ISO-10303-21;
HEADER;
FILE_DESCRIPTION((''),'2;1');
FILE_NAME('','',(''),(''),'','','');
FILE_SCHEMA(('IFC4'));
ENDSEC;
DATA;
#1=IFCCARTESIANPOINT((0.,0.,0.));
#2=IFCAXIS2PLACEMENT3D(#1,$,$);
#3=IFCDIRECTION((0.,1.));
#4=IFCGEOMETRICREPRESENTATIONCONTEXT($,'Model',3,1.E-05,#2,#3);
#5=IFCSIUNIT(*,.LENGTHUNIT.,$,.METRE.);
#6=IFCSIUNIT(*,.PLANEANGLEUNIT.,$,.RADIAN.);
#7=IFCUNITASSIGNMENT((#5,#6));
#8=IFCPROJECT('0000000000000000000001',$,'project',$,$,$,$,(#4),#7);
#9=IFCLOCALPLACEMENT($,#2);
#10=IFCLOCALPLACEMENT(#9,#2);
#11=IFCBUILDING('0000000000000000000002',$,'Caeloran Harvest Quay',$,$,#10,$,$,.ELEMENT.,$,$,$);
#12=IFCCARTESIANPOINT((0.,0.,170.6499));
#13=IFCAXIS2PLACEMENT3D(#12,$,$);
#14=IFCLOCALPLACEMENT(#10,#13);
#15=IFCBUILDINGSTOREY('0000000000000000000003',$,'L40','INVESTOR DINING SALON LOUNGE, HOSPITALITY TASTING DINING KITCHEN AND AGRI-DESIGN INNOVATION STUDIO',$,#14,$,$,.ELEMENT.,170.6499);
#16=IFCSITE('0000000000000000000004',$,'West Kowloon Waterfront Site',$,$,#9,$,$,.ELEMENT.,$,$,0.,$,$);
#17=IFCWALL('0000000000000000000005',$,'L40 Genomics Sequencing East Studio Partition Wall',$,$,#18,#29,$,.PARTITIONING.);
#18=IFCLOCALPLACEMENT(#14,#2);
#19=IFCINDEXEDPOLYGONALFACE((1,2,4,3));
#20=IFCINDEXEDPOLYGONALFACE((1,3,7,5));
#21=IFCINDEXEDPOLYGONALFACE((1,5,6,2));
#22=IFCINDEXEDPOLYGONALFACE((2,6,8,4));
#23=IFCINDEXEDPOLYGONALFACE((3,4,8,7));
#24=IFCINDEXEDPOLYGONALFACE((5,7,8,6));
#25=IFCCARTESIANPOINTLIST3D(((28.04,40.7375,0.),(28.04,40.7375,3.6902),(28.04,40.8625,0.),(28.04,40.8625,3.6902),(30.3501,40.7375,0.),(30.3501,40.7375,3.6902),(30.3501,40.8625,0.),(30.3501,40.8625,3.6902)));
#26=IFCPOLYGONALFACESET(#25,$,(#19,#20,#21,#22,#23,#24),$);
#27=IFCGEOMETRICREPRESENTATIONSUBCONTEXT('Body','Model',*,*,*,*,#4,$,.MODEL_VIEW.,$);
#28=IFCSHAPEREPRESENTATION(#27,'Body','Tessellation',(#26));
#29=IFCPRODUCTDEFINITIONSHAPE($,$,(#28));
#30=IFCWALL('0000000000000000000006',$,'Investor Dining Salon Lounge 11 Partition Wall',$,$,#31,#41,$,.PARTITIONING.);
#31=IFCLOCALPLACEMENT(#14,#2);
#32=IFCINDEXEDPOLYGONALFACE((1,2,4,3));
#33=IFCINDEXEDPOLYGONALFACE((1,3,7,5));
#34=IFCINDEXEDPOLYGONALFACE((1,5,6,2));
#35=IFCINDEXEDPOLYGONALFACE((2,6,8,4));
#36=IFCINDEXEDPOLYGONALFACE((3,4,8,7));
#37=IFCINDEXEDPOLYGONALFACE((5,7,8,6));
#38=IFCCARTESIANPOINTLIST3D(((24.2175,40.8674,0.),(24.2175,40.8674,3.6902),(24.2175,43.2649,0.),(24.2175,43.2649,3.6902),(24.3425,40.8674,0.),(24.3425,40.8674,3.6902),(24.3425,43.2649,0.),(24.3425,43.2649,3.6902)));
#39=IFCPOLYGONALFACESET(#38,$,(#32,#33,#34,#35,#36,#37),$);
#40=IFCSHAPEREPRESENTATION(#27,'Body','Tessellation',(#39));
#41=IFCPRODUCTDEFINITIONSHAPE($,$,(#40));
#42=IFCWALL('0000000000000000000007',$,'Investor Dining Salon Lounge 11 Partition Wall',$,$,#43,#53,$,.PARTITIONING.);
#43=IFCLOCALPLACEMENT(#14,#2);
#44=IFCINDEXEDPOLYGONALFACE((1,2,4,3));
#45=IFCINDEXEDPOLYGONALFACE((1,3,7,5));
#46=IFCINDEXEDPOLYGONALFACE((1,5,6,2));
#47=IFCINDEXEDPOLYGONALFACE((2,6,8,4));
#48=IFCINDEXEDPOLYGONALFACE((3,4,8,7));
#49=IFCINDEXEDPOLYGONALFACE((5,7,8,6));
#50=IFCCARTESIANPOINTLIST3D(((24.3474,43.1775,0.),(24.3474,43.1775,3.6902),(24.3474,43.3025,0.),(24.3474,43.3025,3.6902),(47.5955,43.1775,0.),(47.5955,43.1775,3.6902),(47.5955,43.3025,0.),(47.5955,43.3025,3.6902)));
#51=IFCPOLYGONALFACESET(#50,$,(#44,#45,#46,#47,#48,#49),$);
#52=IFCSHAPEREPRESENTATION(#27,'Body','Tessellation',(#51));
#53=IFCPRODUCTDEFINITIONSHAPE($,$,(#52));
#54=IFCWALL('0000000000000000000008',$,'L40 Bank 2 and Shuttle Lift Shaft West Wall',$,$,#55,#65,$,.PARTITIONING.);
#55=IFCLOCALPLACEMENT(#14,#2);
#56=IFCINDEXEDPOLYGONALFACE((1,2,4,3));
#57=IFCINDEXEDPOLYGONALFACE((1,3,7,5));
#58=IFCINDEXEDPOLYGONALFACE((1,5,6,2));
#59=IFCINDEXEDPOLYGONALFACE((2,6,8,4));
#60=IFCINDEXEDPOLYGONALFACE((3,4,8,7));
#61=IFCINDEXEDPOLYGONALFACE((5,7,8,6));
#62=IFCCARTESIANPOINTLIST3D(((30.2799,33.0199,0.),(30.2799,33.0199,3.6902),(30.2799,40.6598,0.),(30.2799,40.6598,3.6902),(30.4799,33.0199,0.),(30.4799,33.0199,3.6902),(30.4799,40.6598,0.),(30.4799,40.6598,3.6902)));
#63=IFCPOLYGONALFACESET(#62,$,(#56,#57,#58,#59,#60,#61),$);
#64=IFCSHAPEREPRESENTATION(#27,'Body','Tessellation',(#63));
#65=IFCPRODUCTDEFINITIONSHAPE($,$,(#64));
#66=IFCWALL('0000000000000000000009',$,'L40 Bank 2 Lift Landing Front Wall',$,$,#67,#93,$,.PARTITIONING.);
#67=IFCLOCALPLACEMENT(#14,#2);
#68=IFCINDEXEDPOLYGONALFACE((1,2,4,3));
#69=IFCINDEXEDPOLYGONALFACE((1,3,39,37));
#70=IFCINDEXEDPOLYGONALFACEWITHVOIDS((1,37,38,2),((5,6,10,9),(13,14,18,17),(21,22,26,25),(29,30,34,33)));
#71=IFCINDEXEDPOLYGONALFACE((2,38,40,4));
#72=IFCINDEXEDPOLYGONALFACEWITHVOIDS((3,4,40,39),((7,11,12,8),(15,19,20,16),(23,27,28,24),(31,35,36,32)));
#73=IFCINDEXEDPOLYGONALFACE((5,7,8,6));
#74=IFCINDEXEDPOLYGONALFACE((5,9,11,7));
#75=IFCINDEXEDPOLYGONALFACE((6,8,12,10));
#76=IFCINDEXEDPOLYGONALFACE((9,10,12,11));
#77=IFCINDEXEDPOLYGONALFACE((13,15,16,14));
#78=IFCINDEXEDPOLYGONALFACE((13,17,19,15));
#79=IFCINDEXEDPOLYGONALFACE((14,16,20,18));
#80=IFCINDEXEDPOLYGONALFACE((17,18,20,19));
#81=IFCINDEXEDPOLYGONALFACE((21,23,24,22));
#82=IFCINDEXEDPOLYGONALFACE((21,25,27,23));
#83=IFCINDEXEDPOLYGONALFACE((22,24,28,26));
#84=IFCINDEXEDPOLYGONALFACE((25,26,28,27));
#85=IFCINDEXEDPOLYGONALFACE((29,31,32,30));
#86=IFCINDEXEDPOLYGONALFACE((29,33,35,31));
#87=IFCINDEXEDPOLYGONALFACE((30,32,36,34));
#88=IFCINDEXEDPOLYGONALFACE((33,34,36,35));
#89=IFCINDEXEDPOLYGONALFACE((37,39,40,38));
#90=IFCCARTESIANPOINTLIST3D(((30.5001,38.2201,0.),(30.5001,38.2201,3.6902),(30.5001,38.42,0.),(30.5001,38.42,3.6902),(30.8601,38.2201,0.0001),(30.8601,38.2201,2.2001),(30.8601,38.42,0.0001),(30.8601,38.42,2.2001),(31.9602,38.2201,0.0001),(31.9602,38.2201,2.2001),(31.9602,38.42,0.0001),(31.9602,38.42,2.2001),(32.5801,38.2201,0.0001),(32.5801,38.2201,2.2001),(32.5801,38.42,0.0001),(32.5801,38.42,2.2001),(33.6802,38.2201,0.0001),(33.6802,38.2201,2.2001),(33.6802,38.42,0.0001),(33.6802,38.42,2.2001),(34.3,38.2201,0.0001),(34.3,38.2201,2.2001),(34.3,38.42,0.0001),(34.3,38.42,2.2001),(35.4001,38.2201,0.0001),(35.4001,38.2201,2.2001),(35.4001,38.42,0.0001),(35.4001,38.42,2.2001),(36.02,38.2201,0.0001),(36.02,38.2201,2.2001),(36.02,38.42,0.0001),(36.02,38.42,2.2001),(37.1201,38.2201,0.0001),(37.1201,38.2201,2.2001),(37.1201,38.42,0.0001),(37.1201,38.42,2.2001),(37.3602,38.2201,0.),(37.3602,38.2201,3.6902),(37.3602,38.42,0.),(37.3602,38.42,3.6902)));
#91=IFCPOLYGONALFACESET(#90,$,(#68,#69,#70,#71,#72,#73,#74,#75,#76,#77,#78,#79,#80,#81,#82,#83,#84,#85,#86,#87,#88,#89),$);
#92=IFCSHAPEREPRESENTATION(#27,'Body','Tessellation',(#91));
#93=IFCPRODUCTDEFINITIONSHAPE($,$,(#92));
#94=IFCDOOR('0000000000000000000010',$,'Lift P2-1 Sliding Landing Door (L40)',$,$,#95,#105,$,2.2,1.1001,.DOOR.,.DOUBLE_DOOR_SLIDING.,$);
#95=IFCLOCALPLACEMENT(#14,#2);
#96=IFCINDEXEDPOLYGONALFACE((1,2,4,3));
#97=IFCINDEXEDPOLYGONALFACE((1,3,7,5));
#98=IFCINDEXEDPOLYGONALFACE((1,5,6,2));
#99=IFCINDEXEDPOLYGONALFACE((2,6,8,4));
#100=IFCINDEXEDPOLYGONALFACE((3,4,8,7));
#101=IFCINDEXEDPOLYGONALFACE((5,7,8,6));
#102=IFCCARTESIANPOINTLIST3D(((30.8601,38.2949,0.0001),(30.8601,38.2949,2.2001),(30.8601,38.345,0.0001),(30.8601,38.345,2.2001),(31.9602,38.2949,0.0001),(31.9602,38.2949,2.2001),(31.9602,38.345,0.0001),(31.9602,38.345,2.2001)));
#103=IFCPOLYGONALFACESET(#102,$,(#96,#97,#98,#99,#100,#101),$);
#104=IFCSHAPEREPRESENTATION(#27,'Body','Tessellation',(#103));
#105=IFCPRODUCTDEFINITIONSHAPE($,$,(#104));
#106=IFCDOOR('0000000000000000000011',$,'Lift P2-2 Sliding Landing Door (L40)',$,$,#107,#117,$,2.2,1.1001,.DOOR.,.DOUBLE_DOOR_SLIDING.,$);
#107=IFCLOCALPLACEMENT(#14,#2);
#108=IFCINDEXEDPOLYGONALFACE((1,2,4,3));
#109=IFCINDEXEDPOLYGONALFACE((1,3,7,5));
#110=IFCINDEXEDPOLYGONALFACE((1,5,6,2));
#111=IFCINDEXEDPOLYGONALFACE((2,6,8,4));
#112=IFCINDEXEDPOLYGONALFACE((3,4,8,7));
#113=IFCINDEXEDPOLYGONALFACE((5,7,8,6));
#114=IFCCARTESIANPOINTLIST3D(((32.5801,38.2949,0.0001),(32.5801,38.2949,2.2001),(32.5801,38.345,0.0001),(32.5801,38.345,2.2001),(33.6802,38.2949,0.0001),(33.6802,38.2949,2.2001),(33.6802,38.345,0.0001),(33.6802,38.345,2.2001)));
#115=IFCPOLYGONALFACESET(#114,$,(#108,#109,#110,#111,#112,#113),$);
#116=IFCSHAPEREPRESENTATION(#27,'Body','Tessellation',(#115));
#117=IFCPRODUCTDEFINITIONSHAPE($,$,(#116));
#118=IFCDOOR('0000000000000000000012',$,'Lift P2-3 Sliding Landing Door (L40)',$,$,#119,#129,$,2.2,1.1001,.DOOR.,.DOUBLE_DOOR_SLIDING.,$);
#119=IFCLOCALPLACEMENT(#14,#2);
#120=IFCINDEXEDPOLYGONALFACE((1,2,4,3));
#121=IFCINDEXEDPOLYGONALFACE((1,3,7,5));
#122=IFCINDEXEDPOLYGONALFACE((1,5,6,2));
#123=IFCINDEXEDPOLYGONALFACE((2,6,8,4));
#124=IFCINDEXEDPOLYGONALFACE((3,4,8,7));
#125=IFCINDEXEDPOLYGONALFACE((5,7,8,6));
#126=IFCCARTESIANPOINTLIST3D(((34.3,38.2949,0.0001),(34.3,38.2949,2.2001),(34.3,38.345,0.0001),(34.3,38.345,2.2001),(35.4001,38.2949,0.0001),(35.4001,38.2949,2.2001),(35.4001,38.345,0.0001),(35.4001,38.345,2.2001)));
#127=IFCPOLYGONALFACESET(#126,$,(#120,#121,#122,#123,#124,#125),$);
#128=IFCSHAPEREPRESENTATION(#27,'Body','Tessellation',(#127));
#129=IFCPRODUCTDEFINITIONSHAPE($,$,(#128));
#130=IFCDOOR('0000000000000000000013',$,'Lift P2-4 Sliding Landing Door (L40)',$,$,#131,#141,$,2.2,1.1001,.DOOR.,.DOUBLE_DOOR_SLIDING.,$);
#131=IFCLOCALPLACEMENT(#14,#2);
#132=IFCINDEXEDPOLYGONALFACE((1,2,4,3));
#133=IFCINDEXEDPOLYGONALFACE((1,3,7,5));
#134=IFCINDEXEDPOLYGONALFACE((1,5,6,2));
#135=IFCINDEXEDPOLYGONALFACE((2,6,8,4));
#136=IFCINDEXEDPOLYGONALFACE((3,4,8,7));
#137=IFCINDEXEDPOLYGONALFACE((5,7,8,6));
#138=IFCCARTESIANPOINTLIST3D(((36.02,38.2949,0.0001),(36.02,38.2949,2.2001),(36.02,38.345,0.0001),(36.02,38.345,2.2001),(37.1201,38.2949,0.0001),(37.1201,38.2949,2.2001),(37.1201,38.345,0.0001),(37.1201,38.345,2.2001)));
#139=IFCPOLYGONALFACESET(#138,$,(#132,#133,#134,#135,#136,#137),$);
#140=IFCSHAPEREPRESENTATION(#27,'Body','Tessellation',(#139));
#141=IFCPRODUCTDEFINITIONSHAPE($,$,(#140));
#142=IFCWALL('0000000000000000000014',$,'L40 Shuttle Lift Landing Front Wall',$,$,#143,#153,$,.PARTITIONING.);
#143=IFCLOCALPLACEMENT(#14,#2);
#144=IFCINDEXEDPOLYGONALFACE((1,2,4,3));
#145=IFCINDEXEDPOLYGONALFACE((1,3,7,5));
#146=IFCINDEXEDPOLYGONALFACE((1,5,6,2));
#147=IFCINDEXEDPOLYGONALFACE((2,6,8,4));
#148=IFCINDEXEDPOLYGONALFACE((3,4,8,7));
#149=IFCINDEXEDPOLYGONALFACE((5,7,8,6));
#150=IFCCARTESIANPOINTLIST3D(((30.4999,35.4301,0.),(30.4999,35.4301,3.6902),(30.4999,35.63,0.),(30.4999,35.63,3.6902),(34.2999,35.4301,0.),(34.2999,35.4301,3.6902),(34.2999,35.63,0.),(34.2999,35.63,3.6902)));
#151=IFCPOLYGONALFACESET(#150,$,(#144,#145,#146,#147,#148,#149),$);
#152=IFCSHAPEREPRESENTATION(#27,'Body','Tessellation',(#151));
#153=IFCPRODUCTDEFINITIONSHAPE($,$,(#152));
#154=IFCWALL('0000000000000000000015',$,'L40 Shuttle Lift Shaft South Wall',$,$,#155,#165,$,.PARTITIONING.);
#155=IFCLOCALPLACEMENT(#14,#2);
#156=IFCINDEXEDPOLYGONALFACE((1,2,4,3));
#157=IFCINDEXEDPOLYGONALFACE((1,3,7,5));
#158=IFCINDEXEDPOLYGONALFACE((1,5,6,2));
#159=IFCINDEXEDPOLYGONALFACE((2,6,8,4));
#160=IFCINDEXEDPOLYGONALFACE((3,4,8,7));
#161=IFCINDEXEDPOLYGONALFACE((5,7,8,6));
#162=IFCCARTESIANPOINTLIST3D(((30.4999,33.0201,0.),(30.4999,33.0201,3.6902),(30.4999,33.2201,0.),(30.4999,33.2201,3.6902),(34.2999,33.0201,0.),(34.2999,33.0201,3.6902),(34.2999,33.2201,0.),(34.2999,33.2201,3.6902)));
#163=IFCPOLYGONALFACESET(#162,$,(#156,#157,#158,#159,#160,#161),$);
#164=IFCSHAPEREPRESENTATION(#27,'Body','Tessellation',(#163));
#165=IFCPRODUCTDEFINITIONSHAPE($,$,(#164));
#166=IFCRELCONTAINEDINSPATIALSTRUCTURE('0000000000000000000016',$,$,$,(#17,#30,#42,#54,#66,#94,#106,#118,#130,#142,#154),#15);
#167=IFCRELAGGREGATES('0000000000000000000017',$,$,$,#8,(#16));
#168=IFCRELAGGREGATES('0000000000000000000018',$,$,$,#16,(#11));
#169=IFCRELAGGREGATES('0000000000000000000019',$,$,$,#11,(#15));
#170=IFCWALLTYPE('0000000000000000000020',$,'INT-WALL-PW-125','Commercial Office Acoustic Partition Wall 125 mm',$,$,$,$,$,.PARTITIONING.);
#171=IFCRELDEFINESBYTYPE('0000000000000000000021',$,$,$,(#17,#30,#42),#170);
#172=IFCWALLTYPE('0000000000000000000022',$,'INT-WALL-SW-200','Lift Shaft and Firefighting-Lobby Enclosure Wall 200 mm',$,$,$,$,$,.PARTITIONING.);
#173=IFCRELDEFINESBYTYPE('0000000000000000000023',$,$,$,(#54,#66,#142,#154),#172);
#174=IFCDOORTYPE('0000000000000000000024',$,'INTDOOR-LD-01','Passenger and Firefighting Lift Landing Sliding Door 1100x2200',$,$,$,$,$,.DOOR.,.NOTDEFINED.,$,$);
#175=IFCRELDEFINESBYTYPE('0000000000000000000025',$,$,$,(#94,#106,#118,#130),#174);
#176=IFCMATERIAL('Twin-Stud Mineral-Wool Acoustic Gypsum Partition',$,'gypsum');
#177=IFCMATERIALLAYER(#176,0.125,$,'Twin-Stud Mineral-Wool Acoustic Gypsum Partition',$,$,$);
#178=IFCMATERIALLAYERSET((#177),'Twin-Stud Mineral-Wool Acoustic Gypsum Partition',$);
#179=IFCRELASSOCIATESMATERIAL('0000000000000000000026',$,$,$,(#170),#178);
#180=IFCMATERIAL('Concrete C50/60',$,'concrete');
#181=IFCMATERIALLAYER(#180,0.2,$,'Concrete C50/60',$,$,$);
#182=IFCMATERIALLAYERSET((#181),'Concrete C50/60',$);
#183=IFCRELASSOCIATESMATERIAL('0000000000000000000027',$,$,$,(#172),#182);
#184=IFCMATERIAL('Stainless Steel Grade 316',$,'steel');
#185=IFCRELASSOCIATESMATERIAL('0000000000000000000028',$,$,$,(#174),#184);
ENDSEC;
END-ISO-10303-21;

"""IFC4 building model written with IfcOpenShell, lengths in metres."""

from ifc_helpers import new_model, si_unit, direction, frame, frame_2d, origin, place, context, subcontext, project, spatial, rectangle, extrude, material, layer, layer_set, type_object, element, fill, save


model = new_model("IFC4")

# Units and contexts
model_context = context("Model", 3, precision=1e-05, world=origin(), true_north=direction((0.0, 1.0)))
body_context = subcontext(model_context, "Body", "Model", "MODEL_VIEW")
ifc_project = project(units=[si_unit("LENGTHUNIT", "METRE"), si_unit("PLANEANGLEUNIT", "RADIAN")], contexts=[model_context])

# Site, building, storey
site_placement = place(None, origin())
site = spatial("IfcSite", under=ifc_project, at=site_placement, Name="West Kowloon Waterfront Site", CompositionType="ELEMENT", RefElevation=0.0)
building_placement = place(site_placement, origin())
building = spatial("IfcBuilding", under=site, at=building_placement, Name="Caeloran Harvest Quay", CompositionType="ELEMENT")
storey_placement = place(building_placement, frame((0.0, 0.0, 170.6499)))
storey = spatial("IfcBuildingStorey", under=building, at=storey_placement, Name="L40", Description="INVESTOR DINING SALON LOUNGE, HOSPITALITY TASTING DINING KITCHEN AND AGRI-DESIGN INNOVATION STUDIO", CompositionType="ELEMENT", Elevation=170.6499)

# Shared definitions
ifc_material_1 = material(Name="Twin-Stud Mineral-Wool Acoustic Gypsum Partition", Category="gypsum")
ifc_layer_1 = layer(ifc_material_1, 0.125, Name="Twin-Stud Mineral-Wool Acoustic Gypsum Partition")
ifc_layer_set_1 = layer_set([ifc_layer_1], Name="Twin-Stud Mineral-Wool Acoustic Gypsum Partition")
wall_type_1 = type_object("IfcWallType", Name="INT-WALL-PW-125", Description="Commercial Office Acoustic Partition Wall 125 mm", PredefinedType="PARTITIONING", material=ifc_layer_set_1)

# Walls
wall_1_placement = place(storey_placement, frame((28.04, 40.8, 0.0), z_axis=(0.0, 0.0, 1.0), x_axis=(1.0, 0.0, 0.0)))
element("IfcWall", 1, at=wall_1_placement, inside=storey, type_object=wall_type_1, Name="L40 Genomics Sequencing East Studio Partition Wall", PredefinedType="PARTITIONING", context=body_context, shape_type="SweptSolid", body=[
    extrude(rectangle(XDim=2.3101, YDim=0.125, at=frame_2d((1.155, 0.0))), origin(), (0.0, 0.0, 1.0), 3.6902),
])
wall_2_placement = place(storey_placement, frame((24.28, 40.8674, 0.0), z_axis=(0.0, 0.0, 1.0), x_axis=(0.0, 1.0, 0.0)))
element("IfcWall", 2, at=wall_2_placement, inside=storey, type_object=wall_type_1, Name="Investor Dining Salon Lounge 11 Partition Wall", PredefinedType="PARTITIONING", context=body_context, shape_type="SweptSolid", body=[
    extrude(rectangle(XDim=2.3975, YDim=0.125, at=frame_2d((1.1987, 0.0))), origin(), (0.0, 0.0, 1.0), 3.6902),
])
wall_3_placement = place(storey_placement, frame((24.3474, 43.24, 0.0), z_axis=(0.0, 0.0, 1.0), x_axis=(1.0, 0.0, 0.0)))
element("IfcWall", 3, at=wall_3_placement, inside=storey, type_object=wall_type_1, Name="Investor Dining Salon Lounge 11 Partition Wall", PredefinedType="PARTITIONING", context=body_context, shape_type="SweptSolid", body=[
    extrude(rectangle(XDim=23.248, YDim=0.125, at=frame_2d((11.624, 0.0))), origin(), (0.0, 0.0, 1.0), 3.6902),
])
ifc_material_2 = material(Name="Concrete C50/60", Category="concrete")
ifc_layer_2 = layer(ifc_material_2, 0.2, Name="Concrete C50/60")
ifc_layer_set_2 = layer_set([ifc_layer_2], Name="Concrete C50/60")
wall_type_2 = type_object("IfcWallType", Name="INT-WALL-SW-200", Description="Lift Shaft and Firefighting-Lobby Enclosure Wall 200 mm", PredefinedType="PARTITIONING", material=ifc_layer_set_2)
wall_4_placement = place(storey_placement, frame((30.3799, 33.02, 0.0), z_axis=(0.0, 0.0, 1.0), x_axis=(0.0, 1.0, 0.0)))
element("IfcWall", 4, at=wall_4_placement, inside=storey, type_object=wall_type_2, Name="L40 Bank 2 and Shuttle Lift Shaft West Wall", PredefinedType="PARTITIONING", context=body_context, shape_type="SweptSolid", body=[
    extrude(rectangle(XDim=7.6399, YDim=0.2, at=frame_2d((3.8198, 0.0))), origin(), (0.0, 0.0, 1.0), 3.6902),
])

# Wall, openings, doors
wall_5_placement = place(storey_placement, frame((30.5, 38.3201, 0.0), z_axis=(0.0, 0.0, 1.0), x_axis=(1.0, 0.0, 0.0)))
wall_5 = element("IfcWall", 5, at=wall_5_placement, inside=storey, type_object=wall_type_2, Name="L40 Bank 2 Lift Landing Front Wall", PredefinedType="PARTITIONING", context=body_context, shape_type="SweptSolid", body=[
    extrude(rectangle(XDim=6.8601, YDim=0.2, at=frame_2d((3.4302, 0.0))), origin(), (0.0, 0.0, 1.0), 3.6902),
])
opening_1_placement = place(wall_5_placement, frame((0.3601, 0.0, 0.0)))
opening_1 = element("IfcOpeningElement", 6, at=opening_1_placement, cuts=wall_5, PredefinedType="OPENING", context=body_context, shape_type="SweptSolid", body=[
    extrude(rectangle(XDim=1.1001, YDim=2.2, at=frame_2d((0.55, 1.1001))), frame((0.0, 0.1099, 0.0), z_axis=(0.0, -1.0, 0.0), x_axis=(1.0, 0.0, 0.0)), (0.0, 0.0, 1.0), 0.22),
])
opening_2_placement = place(wall_5_placement, frame((2.0801, 0.0, 0.0)))
opening_2 = element("IfcOpeningElement", 7, at=opening_2_placement, cuts=wall_5, PredefinedType="OPENING", context=body_context, shape_type="SweptSolid", body=[
    extrude(rectangle(XDim=1.1001, YDim=2.2, at=frame_2d((0.55, 1.1001))), frame((0.0, 0.1099, 0.0), z_axis=(0.0, -1.0, 0.0), x_axis=(1.0, 0.0, 0.0)), (0.0, 0.0, 1.0), 0.22),
])
opening_3_placement = place(wall_5_placement, frame((3.8, 0.0, 0.0)))
opening_3 = element("IfcOpeningElement", 8, at=opening_3_placement, cuts=wall_5, PredefinedType="OPENING", context=body_context, shape_type="SweptSolid", body=[
    extrude(rectangle(XDim=1.1001, YDim=2.2, at=frame_2d((0.55, 1.1001))), frame((0.0, 0.1099, 0.0), z_axis=(0.0, -1.0, 0.0), x_axis=(1.0, 0.0, 0.0)), (0.0, 0.0, 1.0), 0.22),
])
opening_4_placement = place(wall_5_placement, frame((5.52, 0.0, 0.0)))
opening_4 = element("IfcOpeningElement", 9, at=opening_4_placement, cuts=wall_5, PredefinedType="OPENING", context=body_context, shape_type="SweptSolid", body=[
    extrude(rectangle(XDim=1.1001, YDim=2.2, at=frame_2d((0.55, 1.1001))), frame((0.0, 0.1099, 0.0), z_axis=(0.0, -1.0, 0.0), x_axis=(1.0, 0.0, 0.0)), (0.0, 0.0, 1.0), 0.22),
])
ifc_material_3 = material(Name="Stainless Steel Grade 316", Category="steel")
door_type_1 = type_object("IfcDoorType", Name="INTDOOR-LD-01", Description="Passenger and Firefighting Lift Landing Sliding Door 1100x2200", OperationType="NOTDEFINED", PredefinedType="DOOR", material=ifc_material_3)
door_1_placement = place(opening_1_placement, origin())
door_1 = element("IfcDoor", 10, at=door_1_placement, inside=storey, type_object=door_type_1, Name="Lift P2-1 Sliding Landing Door (L40)", OperationType="DOUBLE_DOOR_SLIDING", OverallHeight=2.2, OverallWidth=1.1001, PredefinedType="DOOR", context=body_context, shape_type="SweptSolid", body=[
    extrude(rectangle(XDim=1.1001, YDim=2.2, at=frame_2d((0.55, 1.1001))), frame((0.0, 0.0249, 0.0), z_axis=(0.0, -1.0, 0.0), x_axis=(1.0, 0.0, 0.0)), (0.0, 0.0, 1.0), 0.05),
])
fill(opening_1, door_1)
door_2_placement = place(opening_2_placement, origin())
door_2 = element("IfcDoor", 11, at=door_2_placement, inside=storey, type_object=door_type_1, Name="Lift P2-2 Sliding Landing Door (L40)", OperationType="DOUBLE_DOOR_SLIDING", OverallHeight=2.2, OverallWidth=1.1001, PredefinedType="DOOR", context=body_context, shape_type="SweptSolid", body=[
    extrude(rectangle(XDim=1.1001, YDim=2.2, at=frame_2d((0.55, 1.1001))), frame((0.0, 0.0249, 0.0), z_axis=(0.0, -1.0, 0.0), x_axis=(1.0, 0.0, 0.0)), (0.0, 0.0, 1.0), 0.05),
])
fill(opening_2, door_2)
door_3_placement = place(opening_3_placement, origin())
door_3 = element("IfcDoor", 12, at=door_3_placement, inside=storey, type_object=door_type_1, Name="Lift P2-3 Sliding Landing Door (L40)", OperationType="DOUBLE_DOOR_SLIDING", OverallHeight=2.2, OverallWidth=1.1001, PredefinedType="DOOR", context=body_context, shape_type="SweptSolid", body=[
    extrude(rectangle(XDim=1.1001, YDim=2.2, at=frame_2d((0.55, 1.1001))), frame((0.0, 0.0249, 0.0), z_axis=(0.0, -1.0, 0.0), x_axis=(1.0, 0.0, 0.0)), (0.0, 0.0, 1.0), 0.05),
])
fill(opening_3, door_3)
door_4_placement = place(opening_4_placement, origin())
door_4 = element("IfcDoor", 13, at=door_4_placement, inside=storey, type_object=door_type_1, Name="Lift P2-4 Sliding Landing Door (L40)", OperationType="DOUBLE_DOOR_SLIDING", OverallHeight=2.2, OverallWidth=1.1001, PredefinedType="DOOR", context=body_context, shape_type="SweptSolid", body=[
    extrude(rectangle(XDim=1.1001, YDim=2.2, at=frame_2d((0.55, 1.1001))), frame((0.0, 0.0249, 0.0), z_axis=(0.0, -1.0, 0.0), x_axis=(1.0, 0.0, 0.0)), (0.0, 0.0, 1.0), 0.05),
])
fill(opening_4, door_4)

# Walls
for number, where, z_axis, x_axis, name in (
    (14, (30.5, 35.53, 0.0), (0.0, 0.0, 1.0), (1.0, 0.0, 0.0), "L40 Shuttle Lift Landing Front Wall"),
    (15, (30.5, 33.1201, 0.0), (0.0, 0.0, 1.0), (1.0, 0.0, 0.0), "L40 Shuttle Lift Shaft South Wall"),
):
    element("IfcWall", number, at=place(storey_placement, frame(where, z_axis=z_axis, x_axis=x_axis)), inside=storey, type_object=wall_type_2, Name=name, PredefinedType="PARTITIONING", context=body_context, shape_type="SweptSolid", body=[
        extrude(rectangle(XDim=3.8, YDim=0.2, at=frame_2d((1.8999, 0.0))), origin(), (0.0, 0.0, 1.0), 3.6902),
    ])

save(model, "model.ifc")
